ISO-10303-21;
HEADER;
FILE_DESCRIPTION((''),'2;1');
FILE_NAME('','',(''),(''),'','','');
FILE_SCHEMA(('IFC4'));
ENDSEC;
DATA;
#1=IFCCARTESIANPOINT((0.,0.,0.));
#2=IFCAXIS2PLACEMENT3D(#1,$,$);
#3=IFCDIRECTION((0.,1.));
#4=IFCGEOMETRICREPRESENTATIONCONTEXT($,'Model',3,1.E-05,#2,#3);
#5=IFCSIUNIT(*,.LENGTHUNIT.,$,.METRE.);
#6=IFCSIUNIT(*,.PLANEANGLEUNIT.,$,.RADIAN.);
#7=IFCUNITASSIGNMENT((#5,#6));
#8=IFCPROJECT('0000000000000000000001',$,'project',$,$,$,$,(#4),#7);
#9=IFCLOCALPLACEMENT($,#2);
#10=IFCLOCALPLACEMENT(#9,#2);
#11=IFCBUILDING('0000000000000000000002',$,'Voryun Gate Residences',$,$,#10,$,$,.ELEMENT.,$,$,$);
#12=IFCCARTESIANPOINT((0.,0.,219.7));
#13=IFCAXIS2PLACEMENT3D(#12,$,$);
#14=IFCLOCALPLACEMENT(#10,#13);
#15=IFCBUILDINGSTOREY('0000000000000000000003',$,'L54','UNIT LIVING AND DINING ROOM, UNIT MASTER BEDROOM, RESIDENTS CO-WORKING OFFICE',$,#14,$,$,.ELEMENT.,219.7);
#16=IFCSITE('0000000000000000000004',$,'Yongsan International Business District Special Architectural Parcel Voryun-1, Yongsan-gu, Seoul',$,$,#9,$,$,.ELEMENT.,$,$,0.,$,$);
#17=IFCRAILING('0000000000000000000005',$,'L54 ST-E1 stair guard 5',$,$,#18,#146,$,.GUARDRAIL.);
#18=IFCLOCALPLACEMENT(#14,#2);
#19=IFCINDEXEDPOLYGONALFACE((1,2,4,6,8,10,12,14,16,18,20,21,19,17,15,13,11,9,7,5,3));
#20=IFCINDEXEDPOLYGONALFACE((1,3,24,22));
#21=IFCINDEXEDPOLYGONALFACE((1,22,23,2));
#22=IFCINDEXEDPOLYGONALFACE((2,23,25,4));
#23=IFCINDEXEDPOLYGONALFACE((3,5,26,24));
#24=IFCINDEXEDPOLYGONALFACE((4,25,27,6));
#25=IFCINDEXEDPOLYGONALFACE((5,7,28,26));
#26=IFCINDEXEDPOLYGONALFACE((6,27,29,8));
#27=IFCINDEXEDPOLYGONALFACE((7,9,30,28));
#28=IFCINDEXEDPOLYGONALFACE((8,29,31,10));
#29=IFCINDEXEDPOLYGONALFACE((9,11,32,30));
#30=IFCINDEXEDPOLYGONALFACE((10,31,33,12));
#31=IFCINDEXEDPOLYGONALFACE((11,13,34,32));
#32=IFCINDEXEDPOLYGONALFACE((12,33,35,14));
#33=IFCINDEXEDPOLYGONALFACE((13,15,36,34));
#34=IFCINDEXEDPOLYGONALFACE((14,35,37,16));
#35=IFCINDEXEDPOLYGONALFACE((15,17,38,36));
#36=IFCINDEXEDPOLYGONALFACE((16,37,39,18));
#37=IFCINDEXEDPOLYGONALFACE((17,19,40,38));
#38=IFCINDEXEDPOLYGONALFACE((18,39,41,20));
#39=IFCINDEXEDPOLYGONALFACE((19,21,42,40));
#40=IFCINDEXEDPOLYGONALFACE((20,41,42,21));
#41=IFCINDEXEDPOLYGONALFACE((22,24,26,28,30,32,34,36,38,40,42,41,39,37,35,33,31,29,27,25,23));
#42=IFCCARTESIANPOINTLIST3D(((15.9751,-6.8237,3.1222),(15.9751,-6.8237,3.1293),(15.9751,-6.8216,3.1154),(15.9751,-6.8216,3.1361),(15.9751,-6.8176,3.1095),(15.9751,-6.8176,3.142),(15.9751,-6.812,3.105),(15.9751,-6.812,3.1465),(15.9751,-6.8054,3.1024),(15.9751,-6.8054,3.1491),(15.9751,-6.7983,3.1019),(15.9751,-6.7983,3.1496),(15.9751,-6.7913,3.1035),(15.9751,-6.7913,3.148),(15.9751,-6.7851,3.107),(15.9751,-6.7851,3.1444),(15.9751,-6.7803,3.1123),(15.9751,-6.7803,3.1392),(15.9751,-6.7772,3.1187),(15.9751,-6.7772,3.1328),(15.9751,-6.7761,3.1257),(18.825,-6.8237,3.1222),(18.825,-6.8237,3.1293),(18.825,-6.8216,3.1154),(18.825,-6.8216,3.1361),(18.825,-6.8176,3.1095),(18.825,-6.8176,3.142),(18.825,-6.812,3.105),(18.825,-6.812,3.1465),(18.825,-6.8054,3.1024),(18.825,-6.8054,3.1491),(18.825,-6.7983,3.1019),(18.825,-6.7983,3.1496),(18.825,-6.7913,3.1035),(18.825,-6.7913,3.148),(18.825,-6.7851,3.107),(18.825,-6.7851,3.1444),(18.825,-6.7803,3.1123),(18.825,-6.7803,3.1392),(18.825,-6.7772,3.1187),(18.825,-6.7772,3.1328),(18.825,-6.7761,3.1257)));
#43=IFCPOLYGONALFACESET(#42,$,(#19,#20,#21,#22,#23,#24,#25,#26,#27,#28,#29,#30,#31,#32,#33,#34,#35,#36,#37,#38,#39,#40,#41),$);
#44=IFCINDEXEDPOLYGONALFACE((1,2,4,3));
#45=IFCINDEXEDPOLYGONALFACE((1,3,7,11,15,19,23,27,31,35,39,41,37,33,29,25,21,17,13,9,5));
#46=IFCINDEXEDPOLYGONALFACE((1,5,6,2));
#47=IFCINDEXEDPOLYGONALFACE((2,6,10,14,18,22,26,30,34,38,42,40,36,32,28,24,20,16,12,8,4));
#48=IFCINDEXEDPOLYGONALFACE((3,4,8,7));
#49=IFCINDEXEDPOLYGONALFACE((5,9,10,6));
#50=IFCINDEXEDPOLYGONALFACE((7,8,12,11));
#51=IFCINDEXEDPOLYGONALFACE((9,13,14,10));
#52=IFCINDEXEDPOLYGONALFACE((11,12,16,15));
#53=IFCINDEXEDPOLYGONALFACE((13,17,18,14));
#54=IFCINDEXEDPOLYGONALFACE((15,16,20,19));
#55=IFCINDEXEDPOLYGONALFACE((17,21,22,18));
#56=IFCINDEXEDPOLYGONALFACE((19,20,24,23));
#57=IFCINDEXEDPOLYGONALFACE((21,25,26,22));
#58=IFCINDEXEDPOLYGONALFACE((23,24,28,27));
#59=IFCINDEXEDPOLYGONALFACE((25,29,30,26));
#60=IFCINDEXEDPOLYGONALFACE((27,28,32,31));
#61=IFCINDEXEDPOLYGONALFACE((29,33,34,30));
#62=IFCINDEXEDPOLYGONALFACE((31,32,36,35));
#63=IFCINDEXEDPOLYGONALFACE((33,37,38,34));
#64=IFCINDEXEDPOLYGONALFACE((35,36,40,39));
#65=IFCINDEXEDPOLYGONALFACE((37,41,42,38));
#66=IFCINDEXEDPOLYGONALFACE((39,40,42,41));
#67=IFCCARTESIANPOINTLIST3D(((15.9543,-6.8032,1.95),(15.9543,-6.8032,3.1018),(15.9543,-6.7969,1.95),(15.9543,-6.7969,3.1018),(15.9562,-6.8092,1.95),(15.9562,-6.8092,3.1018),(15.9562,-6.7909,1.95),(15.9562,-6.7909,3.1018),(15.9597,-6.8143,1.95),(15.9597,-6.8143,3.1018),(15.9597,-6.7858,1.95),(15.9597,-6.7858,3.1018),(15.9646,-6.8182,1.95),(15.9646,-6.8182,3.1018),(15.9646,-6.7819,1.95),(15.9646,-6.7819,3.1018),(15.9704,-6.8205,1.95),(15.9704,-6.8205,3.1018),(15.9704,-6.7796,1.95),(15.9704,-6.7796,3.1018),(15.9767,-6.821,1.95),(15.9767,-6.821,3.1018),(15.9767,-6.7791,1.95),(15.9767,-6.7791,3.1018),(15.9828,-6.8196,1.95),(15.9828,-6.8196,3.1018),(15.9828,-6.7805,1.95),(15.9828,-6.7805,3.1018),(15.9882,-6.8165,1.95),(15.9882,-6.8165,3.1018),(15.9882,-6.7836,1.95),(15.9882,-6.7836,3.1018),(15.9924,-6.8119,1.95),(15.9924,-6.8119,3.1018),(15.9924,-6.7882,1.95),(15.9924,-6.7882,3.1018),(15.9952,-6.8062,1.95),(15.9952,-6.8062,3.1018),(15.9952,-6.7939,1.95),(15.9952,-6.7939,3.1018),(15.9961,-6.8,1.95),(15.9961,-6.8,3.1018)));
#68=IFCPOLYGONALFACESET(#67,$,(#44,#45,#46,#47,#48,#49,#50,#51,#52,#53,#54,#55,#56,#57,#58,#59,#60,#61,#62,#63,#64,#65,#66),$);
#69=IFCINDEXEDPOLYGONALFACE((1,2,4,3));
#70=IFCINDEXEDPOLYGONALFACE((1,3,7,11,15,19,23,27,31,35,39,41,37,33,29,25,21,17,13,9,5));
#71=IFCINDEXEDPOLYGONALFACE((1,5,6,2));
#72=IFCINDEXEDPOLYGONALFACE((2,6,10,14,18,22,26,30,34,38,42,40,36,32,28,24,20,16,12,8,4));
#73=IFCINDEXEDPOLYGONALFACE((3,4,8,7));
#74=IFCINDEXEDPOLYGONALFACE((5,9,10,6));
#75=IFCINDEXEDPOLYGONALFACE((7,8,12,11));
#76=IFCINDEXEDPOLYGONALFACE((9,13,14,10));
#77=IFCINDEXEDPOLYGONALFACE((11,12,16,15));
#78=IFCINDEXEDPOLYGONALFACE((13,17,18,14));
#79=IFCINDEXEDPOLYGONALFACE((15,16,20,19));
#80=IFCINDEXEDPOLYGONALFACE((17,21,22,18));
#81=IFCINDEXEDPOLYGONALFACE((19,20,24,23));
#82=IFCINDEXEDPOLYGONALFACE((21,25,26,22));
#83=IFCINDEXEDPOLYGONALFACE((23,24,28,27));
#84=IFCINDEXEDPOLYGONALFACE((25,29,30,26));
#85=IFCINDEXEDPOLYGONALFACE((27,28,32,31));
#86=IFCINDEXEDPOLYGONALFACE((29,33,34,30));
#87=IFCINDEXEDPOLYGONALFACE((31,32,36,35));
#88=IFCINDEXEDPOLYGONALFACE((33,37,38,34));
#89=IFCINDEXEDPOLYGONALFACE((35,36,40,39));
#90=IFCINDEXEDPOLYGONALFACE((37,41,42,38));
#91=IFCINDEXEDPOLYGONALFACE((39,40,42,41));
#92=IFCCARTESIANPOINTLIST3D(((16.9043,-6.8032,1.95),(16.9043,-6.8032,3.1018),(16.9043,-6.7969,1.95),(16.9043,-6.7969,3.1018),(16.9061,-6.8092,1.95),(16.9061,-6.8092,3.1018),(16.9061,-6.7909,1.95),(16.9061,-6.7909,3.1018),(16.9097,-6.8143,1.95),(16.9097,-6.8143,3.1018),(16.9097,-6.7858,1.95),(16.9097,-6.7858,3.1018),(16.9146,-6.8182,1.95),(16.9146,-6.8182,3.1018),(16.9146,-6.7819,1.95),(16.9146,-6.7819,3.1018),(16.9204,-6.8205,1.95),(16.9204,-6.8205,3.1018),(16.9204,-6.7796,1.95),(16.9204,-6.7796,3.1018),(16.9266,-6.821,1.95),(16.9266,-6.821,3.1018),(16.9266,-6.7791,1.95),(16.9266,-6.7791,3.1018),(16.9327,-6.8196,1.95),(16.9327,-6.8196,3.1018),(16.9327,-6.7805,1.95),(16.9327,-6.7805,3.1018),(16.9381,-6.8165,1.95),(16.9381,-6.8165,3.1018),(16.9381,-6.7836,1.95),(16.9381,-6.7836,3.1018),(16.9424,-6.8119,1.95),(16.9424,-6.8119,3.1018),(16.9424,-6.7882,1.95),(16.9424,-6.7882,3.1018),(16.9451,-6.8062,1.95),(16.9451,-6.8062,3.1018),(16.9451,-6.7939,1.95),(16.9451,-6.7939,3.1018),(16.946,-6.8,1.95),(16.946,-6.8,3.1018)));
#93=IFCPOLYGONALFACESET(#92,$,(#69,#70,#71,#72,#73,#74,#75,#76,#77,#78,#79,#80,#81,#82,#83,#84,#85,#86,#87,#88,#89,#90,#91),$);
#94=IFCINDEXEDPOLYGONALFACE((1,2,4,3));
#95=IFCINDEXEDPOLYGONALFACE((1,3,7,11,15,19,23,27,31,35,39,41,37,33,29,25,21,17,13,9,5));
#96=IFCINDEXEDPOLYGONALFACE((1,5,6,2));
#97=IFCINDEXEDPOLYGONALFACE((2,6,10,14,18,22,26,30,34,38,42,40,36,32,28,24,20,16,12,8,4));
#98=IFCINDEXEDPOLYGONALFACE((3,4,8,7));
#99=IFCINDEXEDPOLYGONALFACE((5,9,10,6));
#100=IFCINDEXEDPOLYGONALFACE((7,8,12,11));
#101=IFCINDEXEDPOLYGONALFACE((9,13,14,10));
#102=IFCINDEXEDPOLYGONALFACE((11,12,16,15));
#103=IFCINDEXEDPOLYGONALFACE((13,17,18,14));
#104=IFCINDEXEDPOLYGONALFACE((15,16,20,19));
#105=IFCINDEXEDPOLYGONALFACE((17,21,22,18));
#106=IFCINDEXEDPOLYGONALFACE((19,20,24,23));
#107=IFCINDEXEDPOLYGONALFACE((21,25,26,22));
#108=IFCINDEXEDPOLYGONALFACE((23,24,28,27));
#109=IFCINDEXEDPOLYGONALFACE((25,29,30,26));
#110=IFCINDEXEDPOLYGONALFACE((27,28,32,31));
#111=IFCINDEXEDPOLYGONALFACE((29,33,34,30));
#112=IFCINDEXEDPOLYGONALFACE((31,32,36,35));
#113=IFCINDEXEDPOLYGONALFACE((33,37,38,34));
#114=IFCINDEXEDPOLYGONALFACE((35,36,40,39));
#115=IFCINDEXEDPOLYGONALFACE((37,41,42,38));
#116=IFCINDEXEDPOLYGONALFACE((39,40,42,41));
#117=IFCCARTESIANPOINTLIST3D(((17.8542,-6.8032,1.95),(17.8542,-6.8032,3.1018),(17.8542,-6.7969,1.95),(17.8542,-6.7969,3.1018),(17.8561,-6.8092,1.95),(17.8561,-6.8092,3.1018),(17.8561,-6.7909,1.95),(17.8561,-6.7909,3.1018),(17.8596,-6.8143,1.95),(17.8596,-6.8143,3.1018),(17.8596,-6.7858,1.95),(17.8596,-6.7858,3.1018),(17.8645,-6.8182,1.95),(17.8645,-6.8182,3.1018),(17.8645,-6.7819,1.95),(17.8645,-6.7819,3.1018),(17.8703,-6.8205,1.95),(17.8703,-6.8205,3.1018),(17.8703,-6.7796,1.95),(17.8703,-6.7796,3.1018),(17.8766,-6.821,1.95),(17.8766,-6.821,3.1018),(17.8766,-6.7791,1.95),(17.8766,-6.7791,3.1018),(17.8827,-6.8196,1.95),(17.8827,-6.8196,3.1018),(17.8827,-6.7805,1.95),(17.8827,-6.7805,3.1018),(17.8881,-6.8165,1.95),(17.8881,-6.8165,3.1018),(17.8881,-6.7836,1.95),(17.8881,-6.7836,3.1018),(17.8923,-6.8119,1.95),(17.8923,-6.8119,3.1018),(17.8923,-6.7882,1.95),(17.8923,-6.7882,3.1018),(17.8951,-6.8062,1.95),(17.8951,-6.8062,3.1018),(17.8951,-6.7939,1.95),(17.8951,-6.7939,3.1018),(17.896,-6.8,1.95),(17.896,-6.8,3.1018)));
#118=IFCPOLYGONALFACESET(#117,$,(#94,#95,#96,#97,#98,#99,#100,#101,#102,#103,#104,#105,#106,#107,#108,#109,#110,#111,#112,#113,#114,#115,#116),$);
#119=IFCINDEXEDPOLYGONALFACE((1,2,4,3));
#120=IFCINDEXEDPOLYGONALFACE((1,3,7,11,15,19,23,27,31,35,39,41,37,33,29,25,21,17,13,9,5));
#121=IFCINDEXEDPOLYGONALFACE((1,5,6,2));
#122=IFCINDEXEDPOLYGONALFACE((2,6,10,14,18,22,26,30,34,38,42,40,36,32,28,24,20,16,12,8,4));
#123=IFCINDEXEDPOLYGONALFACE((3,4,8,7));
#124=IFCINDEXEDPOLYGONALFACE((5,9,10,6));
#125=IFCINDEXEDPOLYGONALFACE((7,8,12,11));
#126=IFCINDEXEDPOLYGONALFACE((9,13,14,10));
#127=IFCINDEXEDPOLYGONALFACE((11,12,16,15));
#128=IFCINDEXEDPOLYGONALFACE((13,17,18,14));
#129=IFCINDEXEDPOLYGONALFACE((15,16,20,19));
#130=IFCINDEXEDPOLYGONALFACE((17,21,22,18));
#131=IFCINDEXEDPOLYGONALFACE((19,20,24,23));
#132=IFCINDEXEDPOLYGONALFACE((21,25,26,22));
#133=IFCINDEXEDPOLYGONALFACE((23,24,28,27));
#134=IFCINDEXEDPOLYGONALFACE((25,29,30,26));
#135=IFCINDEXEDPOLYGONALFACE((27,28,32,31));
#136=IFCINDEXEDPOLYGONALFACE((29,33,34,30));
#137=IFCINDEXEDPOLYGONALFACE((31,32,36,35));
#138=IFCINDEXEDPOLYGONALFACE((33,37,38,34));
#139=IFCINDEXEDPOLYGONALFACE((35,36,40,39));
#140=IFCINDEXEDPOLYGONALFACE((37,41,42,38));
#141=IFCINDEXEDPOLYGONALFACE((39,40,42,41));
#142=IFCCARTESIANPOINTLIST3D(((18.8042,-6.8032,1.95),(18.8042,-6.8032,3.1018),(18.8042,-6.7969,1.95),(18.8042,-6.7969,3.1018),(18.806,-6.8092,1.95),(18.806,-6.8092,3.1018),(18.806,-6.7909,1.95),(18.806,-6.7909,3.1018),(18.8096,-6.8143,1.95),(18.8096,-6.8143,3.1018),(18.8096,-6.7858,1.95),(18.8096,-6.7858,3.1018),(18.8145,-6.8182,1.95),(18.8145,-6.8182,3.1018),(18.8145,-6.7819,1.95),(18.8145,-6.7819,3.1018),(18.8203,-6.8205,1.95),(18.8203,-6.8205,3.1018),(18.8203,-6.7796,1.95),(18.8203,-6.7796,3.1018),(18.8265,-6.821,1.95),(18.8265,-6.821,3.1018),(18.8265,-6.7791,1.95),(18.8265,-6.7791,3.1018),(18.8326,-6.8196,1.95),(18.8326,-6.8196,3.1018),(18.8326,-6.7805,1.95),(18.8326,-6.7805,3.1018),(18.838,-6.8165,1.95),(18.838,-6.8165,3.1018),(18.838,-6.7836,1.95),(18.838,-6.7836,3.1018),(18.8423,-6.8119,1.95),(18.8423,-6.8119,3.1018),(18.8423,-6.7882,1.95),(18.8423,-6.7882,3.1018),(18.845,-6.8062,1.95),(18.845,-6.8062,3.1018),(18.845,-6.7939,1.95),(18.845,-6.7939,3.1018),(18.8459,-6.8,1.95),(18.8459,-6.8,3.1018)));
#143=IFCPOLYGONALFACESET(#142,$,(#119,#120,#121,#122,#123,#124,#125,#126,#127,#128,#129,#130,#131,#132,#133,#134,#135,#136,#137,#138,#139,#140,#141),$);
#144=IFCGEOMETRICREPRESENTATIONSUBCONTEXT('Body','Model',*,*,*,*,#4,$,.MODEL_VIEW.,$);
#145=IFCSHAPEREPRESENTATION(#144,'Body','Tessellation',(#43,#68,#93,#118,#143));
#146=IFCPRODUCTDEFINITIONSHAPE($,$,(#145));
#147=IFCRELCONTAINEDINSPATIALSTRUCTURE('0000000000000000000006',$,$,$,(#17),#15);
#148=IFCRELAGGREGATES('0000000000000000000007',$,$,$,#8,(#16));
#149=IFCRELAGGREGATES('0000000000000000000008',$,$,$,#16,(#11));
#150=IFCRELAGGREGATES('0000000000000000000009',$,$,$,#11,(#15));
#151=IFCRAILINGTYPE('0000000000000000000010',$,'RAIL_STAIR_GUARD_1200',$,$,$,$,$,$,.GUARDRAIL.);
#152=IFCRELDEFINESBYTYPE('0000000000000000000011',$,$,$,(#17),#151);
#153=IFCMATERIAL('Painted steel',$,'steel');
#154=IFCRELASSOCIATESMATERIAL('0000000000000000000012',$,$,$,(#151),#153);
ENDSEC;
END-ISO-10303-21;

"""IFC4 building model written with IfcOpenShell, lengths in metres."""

from ifc_helpers import new_model, si_unit, direction, frame, origin, origin_2d, place, context, subcontext, project, spatial, circle, extrude, material, type_object, element, save


model = new_model("IFC4")

# Units and contexts
model_context = context("Model", 3, precision=1e-05, world=origin(), true_north=direction((0.0, 1.0)))
body_context = subcontext(model_context, "Body", "Model", "MODEL_VIEW")
ifc_project = project(units=[si_unit("LENGTHUNIT", "METRE"), si_unit("PLANEANGLEUNIT", "RADIAN")], contexts=[model_context])

# Site, building, storey
site_placement = place(None, origin())
site = spatial("IfcSite", under=ifc_project, at=site_placement, Name="Yongsan International Business District Special Architectural Parcel Voryun-1, Yongsan-gu, Seoul", CompositionType="ELEMENT", RefElevation=0.0)
building_placement = place(site_placement, origin())
building = spatial("IfcBuilding", under=site, at=building_placement, Name="Voryun Gate Residences", CompositionType="ELEMENT")
storey_placement = place(building_placement, frame((0.0, 0.0, 219.7)))
storey = spatial("IfcBuildingStorey", under=building, at=storey_placement, Name="L54", Description="UNIT LIVING AND DINING ROOM, UNIT MASTER BEDROOM, RESIDENTS CO-WORKING OFFICE", CompositionType="ELEMENT", Elevation=219.7)

# Railing
ifc_material_1 = material(Name="Painted steel", Category="steel")
railing_type = type_object("IfcRailingType", Name="RAIL_STAIR_GUARD_1200", PredefinedType="GUARDRAIL", material=ifc_material_1)
railing_1_placement = place(storey_placement, frame((15.9751, -6.8, 1.95)))
element("IfcRailing", 1, at=railing_1_placement, inside=storey, type_object=railing_type, Name="L54 ST-E1 stair guard 5", PredefinedType="GUARDRAIL", context=body_context, shape_type="SweptSolid", body=[
    extrude(circle(Radius=0.0239, at=origin_2d()), frame((0.0, 0.0, 1.1758), z_axis=(1.0, 0.0, 0.0), x_axis=(0.0, 1.0, 0.0)), (0.0, 0.0, 1.0), 2.8499),
    extrude(circle(Radius=0.021, at=origin_2d()), origin(), (0.0, 0.0, 1.0), 1.1519),
    extrude(circle(Radius=0.021, at=origin_2d()), frame((0.95, 0.0, 0.0)), (0.0, 0.0, 1.0), 1.1519),
    extrude(circle(Radius=0.021, at=origin_2d()), frame((1.8999, 0.0, 0.0)), (0.0, 0.0, 1.0), 1.1519),
    extrude(circle(Radius=0.021, at=origin_2d()), frame((2.8499, 0.0, 0.0)), (0.0, 0.0, 1.0), 1.1519),
])

save(model, "model.ifc")
